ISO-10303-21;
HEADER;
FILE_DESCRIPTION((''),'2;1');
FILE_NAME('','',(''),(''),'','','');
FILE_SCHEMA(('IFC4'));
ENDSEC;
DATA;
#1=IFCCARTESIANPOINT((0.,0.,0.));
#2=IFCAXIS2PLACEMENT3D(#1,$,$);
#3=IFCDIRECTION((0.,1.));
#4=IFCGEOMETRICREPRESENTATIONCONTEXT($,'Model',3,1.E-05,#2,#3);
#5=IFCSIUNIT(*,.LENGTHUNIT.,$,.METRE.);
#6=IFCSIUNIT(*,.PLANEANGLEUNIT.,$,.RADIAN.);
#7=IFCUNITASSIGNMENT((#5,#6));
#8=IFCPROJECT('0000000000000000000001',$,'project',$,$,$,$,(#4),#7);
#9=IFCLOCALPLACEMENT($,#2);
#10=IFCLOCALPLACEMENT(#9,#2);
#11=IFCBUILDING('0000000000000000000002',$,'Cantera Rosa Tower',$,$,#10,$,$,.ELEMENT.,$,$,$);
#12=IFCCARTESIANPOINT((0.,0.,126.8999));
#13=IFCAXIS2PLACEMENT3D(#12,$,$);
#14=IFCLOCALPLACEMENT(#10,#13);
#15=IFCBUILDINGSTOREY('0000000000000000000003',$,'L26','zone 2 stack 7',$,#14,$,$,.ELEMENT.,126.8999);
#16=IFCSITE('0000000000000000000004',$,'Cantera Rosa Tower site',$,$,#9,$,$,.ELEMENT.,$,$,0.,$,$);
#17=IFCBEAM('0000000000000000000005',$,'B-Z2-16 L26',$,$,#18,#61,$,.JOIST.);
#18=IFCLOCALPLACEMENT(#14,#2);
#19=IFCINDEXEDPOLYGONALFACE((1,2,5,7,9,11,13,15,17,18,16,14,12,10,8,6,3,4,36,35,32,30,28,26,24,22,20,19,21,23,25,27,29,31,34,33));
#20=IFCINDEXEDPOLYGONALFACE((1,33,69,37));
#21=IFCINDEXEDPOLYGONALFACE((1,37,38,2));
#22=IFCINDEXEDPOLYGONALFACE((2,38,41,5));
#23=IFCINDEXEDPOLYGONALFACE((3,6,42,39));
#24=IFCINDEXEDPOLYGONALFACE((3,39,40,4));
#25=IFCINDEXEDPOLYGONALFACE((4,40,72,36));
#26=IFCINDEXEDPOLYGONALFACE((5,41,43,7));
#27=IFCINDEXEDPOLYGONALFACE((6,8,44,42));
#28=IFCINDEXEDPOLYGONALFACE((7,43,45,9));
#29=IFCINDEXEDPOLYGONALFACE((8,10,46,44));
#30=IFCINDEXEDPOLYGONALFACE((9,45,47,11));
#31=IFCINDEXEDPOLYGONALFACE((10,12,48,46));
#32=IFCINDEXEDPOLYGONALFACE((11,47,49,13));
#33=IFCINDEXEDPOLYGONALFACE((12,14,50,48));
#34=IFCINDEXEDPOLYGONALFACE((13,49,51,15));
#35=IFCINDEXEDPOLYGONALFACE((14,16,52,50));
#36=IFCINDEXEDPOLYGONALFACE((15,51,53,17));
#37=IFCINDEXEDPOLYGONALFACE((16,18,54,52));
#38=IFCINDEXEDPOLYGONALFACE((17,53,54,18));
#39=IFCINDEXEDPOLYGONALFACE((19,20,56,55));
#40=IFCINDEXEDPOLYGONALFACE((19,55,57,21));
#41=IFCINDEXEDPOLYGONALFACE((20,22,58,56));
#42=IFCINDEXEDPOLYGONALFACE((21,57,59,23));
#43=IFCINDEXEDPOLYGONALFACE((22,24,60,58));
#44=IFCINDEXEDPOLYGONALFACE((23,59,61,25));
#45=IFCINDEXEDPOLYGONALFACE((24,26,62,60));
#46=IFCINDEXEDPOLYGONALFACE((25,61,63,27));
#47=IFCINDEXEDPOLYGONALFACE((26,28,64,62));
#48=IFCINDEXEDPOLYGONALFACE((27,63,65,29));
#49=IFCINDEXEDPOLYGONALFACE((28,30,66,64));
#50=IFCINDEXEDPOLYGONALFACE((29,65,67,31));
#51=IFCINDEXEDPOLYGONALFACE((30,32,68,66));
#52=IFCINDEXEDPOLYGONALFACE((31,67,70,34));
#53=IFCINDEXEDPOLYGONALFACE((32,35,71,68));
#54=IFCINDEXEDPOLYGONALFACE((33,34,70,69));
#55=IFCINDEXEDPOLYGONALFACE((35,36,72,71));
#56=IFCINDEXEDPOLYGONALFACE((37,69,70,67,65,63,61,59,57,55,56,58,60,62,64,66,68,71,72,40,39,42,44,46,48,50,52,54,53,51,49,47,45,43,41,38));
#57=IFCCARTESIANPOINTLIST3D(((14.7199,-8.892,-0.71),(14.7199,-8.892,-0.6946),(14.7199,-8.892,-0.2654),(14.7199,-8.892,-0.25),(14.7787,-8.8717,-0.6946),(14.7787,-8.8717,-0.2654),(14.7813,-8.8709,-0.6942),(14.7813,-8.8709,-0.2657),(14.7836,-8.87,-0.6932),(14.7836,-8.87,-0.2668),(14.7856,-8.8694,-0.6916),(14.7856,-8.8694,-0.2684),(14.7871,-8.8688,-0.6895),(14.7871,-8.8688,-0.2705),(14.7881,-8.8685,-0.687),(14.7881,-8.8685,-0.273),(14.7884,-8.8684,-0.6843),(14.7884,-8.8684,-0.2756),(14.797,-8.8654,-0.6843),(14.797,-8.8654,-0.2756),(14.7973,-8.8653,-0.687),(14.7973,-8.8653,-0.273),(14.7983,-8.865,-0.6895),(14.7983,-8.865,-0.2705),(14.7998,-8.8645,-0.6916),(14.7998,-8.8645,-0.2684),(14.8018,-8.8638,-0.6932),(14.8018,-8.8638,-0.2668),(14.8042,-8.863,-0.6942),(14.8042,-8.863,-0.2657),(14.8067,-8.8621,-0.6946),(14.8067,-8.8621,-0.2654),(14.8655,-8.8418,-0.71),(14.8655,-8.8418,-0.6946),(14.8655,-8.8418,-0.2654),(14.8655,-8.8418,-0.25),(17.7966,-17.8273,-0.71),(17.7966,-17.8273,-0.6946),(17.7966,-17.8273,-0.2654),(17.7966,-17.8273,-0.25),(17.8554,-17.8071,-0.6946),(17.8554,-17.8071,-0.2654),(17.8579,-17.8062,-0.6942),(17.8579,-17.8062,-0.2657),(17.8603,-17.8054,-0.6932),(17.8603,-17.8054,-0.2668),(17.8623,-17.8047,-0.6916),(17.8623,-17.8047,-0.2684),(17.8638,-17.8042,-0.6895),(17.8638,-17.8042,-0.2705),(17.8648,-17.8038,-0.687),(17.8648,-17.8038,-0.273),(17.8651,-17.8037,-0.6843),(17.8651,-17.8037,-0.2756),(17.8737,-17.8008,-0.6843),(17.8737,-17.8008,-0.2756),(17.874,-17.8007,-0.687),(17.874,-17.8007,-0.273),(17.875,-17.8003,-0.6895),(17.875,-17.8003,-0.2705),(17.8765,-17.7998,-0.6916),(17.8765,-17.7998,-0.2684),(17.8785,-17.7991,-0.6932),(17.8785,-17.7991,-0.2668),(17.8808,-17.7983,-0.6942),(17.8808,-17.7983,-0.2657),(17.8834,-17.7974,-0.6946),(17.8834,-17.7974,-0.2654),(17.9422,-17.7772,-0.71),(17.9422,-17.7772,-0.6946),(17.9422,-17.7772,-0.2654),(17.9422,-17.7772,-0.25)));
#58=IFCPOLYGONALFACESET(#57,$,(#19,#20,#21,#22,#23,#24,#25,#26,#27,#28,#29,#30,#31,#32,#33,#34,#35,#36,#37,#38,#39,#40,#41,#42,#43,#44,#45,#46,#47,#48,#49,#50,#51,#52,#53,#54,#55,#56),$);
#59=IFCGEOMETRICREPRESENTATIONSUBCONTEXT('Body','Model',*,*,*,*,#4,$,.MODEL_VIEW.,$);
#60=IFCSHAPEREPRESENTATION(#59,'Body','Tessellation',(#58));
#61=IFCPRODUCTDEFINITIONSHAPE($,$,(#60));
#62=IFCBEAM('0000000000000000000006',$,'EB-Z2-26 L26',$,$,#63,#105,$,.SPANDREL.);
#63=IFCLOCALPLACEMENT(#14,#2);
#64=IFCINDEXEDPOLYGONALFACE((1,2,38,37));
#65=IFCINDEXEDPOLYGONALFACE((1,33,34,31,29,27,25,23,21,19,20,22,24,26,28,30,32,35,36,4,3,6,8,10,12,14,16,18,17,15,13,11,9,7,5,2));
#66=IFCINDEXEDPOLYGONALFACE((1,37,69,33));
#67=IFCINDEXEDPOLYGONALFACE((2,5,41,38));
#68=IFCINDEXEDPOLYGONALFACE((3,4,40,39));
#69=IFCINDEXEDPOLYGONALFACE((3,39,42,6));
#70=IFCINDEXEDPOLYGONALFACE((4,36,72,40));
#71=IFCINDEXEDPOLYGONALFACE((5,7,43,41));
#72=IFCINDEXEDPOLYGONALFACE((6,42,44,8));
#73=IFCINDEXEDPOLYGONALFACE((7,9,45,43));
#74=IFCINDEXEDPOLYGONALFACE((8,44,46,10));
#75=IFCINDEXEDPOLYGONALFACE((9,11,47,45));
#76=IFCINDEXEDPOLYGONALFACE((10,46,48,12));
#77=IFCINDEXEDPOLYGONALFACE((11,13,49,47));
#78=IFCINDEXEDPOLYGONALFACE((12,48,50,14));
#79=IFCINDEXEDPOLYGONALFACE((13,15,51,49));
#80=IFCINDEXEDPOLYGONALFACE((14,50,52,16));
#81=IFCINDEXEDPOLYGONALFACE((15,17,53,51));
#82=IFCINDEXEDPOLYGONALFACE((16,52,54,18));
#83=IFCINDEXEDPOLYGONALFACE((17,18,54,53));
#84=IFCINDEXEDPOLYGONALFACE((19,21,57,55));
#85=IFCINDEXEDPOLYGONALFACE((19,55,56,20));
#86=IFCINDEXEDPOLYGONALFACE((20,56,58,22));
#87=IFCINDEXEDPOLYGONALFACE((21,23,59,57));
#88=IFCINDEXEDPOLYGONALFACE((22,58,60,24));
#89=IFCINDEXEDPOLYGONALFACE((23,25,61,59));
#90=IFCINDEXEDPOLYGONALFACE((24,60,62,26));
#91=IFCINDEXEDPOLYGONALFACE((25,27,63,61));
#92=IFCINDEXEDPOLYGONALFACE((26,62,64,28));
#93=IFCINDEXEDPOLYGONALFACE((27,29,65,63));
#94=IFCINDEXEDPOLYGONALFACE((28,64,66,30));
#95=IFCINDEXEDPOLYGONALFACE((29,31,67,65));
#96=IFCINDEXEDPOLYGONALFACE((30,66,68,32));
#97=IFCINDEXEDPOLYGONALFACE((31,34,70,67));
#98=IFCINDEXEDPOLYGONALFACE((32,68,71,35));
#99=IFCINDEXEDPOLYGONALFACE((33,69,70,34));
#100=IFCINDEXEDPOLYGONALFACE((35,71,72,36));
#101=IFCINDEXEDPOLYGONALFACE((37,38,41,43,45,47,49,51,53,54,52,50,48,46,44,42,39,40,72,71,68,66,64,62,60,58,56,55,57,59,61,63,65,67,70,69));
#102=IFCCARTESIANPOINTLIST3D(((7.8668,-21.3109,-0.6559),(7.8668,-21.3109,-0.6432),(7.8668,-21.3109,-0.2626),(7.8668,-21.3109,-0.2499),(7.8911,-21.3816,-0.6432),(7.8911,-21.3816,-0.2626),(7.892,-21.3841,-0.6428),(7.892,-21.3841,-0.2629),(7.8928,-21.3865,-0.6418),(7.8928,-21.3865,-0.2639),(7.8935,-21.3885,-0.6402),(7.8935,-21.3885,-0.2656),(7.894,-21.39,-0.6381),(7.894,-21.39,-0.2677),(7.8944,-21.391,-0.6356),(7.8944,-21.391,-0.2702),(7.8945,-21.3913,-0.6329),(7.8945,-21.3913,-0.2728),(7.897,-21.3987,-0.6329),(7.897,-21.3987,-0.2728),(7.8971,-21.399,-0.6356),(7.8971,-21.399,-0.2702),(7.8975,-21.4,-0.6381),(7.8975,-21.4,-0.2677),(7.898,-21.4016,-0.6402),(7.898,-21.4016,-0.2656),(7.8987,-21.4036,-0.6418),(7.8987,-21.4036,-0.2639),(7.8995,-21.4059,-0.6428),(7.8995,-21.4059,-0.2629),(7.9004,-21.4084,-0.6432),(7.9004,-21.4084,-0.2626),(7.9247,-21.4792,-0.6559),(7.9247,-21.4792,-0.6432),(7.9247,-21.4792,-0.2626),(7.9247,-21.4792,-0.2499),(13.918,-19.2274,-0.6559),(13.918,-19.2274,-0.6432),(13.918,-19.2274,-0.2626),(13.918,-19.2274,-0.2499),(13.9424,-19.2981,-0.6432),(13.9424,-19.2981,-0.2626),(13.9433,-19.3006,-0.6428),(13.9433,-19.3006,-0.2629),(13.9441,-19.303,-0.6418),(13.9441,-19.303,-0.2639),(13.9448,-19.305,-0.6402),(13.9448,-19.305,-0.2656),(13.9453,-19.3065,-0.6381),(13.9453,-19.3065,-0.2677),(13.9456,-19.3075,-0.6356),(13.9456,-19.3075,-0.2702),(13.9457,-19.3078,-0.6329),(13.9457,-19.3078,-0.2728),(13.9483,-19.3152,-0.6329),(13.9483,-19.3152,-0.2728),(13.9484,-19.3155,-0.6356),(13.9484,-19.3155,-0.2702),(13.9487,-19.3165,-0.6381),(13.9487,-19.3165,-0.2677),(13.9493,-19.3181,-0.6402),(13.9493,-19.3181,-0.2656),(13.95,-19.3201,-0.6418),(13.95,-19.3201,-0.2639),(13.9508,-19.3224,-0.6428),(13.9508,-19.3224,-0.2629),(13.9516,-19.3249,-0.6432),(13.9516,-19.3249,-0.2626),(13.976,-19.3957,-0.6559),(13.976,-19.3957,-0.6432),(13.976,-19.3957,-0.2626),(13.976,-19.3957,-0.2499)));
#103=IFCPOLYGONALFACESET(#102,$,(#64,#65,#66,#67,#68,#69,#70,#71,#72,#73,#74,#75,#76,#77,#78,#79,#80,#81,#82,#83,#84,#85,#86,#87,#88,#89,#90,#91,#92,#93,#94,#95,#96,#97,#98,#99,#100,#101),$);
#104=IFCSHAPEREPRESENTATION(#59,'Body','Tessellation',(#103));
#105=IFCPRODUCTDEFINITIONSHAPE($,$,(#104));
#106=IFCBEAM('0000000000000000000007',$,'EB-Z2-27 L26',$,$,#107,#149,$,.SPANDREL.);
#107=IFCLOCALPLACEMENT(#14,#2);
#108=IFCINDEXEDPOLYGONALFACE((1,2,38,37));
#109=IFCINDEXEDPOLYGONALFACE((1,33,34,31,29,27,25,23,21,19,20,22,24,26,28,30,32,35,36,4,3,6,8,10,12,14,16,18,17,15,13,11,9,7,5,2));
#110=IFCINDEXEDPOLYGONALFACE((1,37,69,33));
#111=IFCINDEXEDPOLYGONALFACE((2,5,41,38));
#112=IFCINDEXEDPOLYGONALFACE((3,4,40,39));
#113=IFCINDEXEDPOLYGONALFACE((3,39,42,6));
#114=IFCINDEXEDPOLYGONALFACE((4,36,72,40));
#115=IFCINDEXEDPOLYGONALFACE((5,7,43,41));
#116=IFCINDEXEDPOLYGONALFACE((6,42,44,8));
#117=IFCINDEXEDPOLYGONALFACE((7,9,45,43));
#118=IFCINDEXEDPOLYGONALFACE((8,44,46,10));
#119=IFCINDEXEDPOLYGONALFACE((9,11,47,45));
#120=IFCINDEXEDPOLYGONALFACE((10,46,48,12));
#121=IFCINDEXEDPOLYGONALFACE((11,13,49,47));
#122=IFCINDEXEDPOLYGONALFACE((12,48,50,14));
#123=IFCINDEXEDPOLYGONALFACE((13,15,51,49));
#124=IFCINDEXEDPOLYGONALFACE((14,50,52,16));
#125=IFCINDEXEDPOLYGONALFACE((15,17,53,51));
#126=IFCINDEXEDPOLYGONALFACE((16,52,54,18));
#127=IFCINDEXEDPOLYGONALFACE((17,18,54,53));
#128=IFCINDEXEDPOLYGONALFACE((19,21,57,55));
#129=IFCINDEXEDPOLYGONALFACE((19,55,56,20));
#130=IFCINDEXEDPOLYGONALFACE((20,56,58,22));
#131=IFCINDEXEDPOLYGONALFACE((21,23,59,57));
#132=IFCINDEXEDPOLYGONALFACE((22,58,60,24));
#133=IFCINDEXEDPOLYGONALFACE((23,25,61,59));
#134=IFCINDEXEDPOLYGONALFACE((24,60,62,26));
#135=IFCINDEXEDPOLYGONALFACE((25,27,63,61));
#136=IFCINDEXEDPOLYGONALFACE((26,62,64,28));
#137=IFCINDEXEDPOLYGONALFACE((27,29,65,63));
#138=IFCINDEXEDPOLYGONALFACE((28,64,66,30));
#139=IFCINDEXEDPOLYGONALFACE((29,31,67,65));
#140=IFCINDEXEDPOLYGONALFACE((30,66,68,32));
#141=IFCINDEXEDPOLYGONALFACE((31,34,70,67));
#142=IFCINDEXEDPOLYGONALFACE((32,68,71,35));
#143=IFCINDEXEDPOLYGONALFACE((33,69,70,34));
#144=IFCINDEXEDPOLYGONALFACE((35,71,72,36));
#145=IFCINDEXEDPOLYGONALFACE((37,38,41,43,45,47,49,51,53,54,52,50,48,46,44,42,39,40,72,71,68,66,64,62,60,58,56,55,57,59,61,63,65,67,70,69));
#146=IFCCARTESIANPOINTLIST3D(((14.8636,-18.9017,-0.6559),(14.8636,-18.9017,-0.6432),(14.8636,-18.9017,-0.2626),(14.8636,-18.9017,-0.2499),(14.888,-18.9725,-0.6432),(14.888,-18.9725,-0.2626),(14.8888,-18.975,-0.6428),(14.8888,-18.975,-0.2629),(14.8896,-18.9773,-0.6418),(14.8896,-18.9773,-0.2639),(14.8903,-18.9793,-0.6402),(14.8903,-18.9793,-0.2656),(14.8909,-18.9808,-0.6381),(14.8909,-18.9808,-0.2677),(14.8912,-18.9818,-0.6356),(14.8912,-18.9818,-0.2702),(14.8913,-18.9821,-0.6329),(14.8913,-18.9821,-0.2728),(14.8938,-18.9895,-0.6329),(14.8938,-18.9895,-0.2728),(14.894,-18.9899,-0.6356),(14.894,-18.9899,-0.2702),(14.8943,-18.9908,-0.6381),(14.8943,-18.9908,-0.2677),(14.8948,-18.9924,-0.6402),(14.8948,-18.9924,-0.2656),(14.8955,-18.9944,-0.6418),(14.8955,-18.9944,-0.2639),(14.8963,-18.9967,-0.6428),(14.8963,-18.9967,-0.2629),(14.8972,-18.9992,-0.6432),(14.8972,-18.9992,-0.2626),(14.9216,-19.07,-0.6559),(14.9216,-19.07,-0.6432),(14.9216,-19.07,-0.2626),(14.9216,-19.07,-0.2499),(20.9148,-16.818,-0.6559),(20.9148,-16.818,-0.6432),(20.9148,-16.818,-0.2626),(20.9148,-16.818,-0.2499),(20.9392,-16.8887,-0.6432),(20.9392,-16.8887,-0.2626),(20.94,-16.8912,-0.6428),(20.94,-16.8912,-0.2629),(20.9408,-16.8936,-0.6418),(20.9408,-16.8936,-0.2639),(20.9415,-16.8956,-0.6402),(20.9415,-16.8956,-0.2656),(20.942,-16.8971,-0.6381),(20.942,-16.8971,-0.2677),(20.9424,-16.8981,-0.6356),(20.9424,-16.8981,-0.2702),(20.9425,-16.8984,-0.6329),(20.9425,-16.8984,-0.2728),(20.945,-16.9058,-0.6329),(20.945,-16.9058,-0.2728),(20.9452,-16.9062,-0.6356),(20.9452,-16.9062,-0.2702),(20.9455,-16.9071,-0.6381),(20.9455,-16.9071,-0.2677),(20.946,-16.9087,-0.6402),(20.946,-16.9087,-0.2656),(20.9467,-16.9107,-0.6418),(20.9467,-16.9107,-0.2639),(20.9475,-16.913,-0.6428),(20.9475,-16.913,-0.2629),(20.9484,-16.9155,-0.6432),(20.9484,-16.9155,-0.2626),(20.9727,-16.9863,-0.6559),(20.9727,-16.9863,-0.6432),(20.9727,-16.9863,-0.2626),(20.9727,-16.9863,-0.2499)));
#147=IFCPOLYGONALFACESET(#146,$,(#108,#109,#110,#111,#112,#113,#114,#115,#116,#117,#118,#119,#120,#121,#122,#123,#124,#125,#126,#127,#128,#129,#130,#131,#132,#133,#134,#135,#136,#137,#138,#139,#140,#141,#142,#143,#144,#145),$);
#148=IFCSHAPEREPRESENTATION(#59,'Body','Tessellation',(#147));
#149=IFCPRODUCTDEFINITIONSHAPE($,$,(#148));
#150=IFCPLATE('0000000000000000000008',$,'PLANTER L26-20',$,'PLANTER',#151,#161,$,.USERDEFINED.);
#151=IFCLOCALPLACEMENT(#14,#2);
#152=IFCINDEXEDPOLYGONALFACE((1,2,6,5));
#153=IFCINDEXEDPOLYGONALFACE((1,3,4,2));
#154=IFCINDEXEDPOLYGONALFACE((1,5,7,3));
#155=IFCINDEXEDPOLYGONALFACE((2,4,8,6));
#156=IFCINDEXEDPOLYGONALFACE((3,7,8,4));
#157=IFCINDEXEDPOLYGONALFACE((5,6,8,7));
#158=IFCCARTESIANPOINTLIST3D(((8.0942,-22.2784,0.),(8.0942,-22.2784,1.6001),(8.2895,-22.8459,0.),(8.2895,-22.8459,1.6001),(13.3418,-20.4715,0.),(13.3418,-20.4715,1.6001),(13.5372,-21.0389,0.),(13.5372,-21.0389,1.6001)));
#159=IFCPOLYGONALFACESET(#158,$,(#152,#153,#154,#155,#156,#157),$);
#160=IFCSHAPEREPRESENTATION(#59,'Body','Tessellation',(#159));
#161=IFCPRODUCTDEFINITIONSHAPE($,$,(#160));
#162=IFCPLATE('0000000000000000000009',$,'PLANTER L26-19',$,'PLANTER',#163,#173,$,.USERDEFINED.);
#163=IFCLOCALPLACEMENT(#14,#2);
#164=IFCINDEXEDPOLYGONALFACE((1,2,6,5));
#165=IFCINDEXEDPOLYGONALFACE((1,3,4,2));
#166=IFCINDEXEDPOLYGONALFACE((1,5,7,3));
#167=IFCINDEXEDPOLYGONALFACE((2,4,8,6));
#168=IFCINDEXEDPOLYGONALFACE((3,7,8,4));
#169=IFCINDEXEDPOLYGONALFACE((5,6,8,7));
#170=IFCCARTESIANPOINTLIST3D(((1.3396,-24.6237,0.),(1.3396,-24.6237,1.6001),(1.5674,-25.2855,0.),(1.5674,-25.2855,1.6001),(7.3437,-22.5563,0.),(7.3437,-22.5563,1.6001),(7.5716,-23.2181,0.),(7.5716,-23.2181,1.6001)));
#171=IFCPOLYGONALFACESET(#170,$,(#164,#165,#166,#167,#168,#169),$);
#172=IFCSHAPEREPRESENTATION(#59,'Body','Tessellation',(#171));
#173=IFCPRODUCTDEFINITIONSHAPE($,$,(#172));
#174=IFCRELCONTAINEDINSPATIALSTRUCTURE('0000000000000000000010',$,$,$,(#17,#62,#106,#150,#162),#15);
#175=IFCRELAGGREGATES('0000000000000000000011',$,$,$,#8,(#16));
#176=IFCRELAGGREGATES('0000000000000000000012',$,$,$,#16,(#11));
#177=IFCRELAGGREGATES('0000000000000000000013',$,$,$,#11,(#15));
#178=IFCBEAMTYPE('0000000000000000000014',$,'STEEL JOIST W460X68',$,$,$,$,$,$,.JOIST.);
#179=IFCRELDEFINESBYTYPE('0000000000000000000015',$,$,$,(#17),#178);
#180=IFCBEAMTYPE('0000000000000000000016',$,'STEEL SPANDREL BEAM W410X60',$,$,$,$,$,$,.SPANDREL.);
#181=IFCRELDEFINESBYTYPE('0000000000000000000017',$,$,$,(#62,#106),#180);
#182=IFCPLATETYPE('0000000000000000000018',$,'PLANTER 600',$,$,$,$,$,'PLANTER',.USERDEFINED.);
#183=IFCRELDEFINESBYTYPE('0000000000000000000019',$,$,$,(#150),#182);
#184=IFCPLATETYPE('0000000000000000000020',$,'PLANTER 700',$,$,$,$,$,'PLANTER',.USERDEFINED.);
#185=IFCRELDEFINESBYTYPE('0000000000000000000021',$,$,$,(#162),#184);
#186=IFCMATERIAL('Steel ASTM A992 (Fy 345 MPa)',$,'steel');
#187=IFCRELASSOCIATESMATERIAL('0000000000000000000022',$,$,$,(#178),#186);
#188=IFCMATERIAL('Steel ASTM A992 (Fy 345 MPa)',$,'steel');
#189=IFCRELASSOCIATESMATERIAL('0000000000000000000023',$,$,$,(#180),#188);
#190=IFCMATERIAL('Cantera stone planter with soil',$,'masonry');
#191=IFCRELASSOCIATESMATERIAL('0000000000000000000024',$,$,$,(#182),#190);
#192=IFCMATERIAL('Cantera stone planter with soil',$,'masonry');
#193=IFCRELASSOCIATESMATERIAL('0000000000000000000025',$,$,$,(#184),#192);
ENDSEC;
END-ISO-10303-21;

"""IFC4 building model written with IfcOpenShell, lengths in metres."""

from ifc_helpers import new_model, si_unit, direction, frame, origin, origin_2d, place, context, subcontext, project, spatial, rectangle, i_section, extrude, material, material_profile, profile_set, type_object, element, save


model = new_model("IFC4")

# Units and contexts
model_context = context("Model", 3, precision=1e-05, world=origin(), true_north=direction((0.0, 1.0)))
body_context = subcontext(model_context, "Body", "Model", "MODEL_VIEW")
ifc_project = project(units=[si_unit("LENGTHUNIT", "METRE"), si_unit("PLANEANGLEUNIT", "RADIAN")], contexts=[model_context])

# Site, building, storey
site_placement = place(None, origin())
site = spatial("IfcSite", under=ifc_project, at=site_placement, Name="Cantera Rosa Tower site", CompositionType="ELEMENT", RefElevation=0.0)
building_placement = place(site_placement, origin())
building = spatial("IfcBuilding", under=site, at=building_placement, Name="Cantera Rosa Tower", CompositionType="ELEMENT")
storey_placement = place(building_placement, frame((0.0, 0.0, 126.8999)))
storey = spatial("IfcBuildingStorey", under=building, at=storey_placement, Name="L26", Description="zone 2 stack 7", CompositionType="ELEMENT", Elevation=126.8999)

# Beams
ifc_material_1 = material(Name="Steel ASTM A992 (Fy 345 MPa)", Category="steel")
ifc_material_profile_1 = material_profile(ifc_material_1, i_section(OverallWidth=0.1541, OverallDepth=0.46, WebThickness=0.009, FlangeThickness=0.0154, FilletRadius=0.0103, at=origin_2d()), Name="W460X68")
ifc_profile_set_1 = profile_set([ifc_material_profile_1], Name="Steel ASTM A992 (Fy 345 MPa)")
beam_type_1 = type_object("IfcBeamType", Name="STEEL JOIST W460X68", PredefinedType="JOIST", material=ifc_profile_set_1)
for number, where, z_axis, x_axis, name in (
    (1, (17.8694, -17.8022, -0.48), (-0.325567, 0.945519, 0.0), (-0.945519, -0.325567, 0.0), "B-Z2-16 L26"),
):
    element("IfcBeam", number, at=place(storey_placement, frame(where, z_axis=z_axis, x_axis=x_axis)), inside=storey, type_object=beam_type_1, Name=name, PredefinedType="JOIST", context=body_context, shape_type="SweptSolid", body=[
        extrude(i_section(OverallWidth=0.1541, OverallDepth=0.46, WebThickness=0.009, FlangeThickness=0.0154, FilletRadius=0.0103, at=origin_2d()), origin(), (0.0, 0.0, 1.0), 9.4502),
    ])
ifc_material_2 = material(Name="Steel ASTM A992 (Fy 345 MPa)", Category="steel")
ifc_material_profile_2 = material_profile(ifc_material_2, i_section(OverallWidth=0.178, OverallDepth=0.406, WebThickness=0.0078, FlangeThickness=0.0127, FilletRadius=0.0103, at=origin_2d()), Name="W410X60")
ifc_profile_set_2 = profile_set([ifc_material_profile_2], Name="Steel ASTM A992 (Fy 345 MPa)")
beam_type_2 = type_object("IfcBeamType", Name="STEEL SPANDREL BEAM W410X60", PredefinedType="SPANDREL", material=ifc_profile_set_2)
for number, where, z_axis, x_axis, name in (
    (2, (7.8958, -21.395, -0.4529), (0.945524, 0.325551, 0.0), (-0.325551, 0.945524, 0.0), "EB-Z2-26 L26"),
    (3, (14.8926, -18.9858, -0.4529), (0.945513, 0.325585, 0.0), (-0.325585, 0.945513, 0.0), "EB-Z2-27 L26"),
):
    element("IfcBeam", number, at=place(storey_placement, frame(where, z_axis=z_axis, x_axis=x_axis)), inside=storey, type_object=beam_type_2, Name=name, PredefinedType="SPANDREL", context=body_context, shape_type="SweptSolid", body=[
        extrude(i_section(OverallWidth=0.178, OverallDepth=0.406, WebThickness=0.0078, FlangeThickness=0.0127, FilletRadius=0.0103, at=origin_2d()), origin(), (0.0, 0.0, 1.0), 6.3999),
    ])

# Plates
ifc_material_3 = material(Name="Cantera stone planter with soil", Category="masonry")
plate_type_1 = type_object("IfcPlateType", Name="PLANTER 600", ElementType="PLANTER", PredefinedType="USERDEFINED", material=ifc_material_3)
plate_1_placement = place(storey_placement, frame((10.8157, -21.6587, 0.0), z_axis=(0.0, 0.0, 1.0), x_axis=(0.945519, 0.325568, 0.0)))
element("IfcPlate", 4, at=plate_1_placement, inside=storey, type_object=plate_type_1, Name="PLANTER L26-20", ObjectType="PLANTER", PredefinedType="USERDEFINED", context=body_context, shape_type="SweptSolid", body=[
    extrude(rectangle(XDim=5.55, YDim=0.6001, at=origin_2d()), origin(), (0.0, 0.0, 1.0), 1.6001),
])
ifc_material_4 = material(Name="Cantera stone planter with soil", Category="masonry")
plate_type_2 = type_object("IfcPlateType", Name="PLANTER 700", ElementType="PLANTER", PredefinedType="USERDEFINED", material=ifc_material_4)
plate_2_placement = place(storey_placement, frame((4.4556, -23.9209, 0.0), z_axis=(0.0, 0.0, 1.0), x_axis=(0.945519, 0.325568, 0.0)))
element("IfcPlate", 5, at=plate_2_placement, inside=storey, type_object=plate_type_2, Name="PLANTER L26-19", ObjectType="PLANTER", PredefinedType="USERDEFINED", context=body_context, shape_type="SweptSolid", body=[
    extrude(rectangle(XDim=6.3501, YDim=0.7, at=origin_2d()), origin(), (0.0, 0.0, 1.0), 1.6001),
])

save(model, "model.ifc")
